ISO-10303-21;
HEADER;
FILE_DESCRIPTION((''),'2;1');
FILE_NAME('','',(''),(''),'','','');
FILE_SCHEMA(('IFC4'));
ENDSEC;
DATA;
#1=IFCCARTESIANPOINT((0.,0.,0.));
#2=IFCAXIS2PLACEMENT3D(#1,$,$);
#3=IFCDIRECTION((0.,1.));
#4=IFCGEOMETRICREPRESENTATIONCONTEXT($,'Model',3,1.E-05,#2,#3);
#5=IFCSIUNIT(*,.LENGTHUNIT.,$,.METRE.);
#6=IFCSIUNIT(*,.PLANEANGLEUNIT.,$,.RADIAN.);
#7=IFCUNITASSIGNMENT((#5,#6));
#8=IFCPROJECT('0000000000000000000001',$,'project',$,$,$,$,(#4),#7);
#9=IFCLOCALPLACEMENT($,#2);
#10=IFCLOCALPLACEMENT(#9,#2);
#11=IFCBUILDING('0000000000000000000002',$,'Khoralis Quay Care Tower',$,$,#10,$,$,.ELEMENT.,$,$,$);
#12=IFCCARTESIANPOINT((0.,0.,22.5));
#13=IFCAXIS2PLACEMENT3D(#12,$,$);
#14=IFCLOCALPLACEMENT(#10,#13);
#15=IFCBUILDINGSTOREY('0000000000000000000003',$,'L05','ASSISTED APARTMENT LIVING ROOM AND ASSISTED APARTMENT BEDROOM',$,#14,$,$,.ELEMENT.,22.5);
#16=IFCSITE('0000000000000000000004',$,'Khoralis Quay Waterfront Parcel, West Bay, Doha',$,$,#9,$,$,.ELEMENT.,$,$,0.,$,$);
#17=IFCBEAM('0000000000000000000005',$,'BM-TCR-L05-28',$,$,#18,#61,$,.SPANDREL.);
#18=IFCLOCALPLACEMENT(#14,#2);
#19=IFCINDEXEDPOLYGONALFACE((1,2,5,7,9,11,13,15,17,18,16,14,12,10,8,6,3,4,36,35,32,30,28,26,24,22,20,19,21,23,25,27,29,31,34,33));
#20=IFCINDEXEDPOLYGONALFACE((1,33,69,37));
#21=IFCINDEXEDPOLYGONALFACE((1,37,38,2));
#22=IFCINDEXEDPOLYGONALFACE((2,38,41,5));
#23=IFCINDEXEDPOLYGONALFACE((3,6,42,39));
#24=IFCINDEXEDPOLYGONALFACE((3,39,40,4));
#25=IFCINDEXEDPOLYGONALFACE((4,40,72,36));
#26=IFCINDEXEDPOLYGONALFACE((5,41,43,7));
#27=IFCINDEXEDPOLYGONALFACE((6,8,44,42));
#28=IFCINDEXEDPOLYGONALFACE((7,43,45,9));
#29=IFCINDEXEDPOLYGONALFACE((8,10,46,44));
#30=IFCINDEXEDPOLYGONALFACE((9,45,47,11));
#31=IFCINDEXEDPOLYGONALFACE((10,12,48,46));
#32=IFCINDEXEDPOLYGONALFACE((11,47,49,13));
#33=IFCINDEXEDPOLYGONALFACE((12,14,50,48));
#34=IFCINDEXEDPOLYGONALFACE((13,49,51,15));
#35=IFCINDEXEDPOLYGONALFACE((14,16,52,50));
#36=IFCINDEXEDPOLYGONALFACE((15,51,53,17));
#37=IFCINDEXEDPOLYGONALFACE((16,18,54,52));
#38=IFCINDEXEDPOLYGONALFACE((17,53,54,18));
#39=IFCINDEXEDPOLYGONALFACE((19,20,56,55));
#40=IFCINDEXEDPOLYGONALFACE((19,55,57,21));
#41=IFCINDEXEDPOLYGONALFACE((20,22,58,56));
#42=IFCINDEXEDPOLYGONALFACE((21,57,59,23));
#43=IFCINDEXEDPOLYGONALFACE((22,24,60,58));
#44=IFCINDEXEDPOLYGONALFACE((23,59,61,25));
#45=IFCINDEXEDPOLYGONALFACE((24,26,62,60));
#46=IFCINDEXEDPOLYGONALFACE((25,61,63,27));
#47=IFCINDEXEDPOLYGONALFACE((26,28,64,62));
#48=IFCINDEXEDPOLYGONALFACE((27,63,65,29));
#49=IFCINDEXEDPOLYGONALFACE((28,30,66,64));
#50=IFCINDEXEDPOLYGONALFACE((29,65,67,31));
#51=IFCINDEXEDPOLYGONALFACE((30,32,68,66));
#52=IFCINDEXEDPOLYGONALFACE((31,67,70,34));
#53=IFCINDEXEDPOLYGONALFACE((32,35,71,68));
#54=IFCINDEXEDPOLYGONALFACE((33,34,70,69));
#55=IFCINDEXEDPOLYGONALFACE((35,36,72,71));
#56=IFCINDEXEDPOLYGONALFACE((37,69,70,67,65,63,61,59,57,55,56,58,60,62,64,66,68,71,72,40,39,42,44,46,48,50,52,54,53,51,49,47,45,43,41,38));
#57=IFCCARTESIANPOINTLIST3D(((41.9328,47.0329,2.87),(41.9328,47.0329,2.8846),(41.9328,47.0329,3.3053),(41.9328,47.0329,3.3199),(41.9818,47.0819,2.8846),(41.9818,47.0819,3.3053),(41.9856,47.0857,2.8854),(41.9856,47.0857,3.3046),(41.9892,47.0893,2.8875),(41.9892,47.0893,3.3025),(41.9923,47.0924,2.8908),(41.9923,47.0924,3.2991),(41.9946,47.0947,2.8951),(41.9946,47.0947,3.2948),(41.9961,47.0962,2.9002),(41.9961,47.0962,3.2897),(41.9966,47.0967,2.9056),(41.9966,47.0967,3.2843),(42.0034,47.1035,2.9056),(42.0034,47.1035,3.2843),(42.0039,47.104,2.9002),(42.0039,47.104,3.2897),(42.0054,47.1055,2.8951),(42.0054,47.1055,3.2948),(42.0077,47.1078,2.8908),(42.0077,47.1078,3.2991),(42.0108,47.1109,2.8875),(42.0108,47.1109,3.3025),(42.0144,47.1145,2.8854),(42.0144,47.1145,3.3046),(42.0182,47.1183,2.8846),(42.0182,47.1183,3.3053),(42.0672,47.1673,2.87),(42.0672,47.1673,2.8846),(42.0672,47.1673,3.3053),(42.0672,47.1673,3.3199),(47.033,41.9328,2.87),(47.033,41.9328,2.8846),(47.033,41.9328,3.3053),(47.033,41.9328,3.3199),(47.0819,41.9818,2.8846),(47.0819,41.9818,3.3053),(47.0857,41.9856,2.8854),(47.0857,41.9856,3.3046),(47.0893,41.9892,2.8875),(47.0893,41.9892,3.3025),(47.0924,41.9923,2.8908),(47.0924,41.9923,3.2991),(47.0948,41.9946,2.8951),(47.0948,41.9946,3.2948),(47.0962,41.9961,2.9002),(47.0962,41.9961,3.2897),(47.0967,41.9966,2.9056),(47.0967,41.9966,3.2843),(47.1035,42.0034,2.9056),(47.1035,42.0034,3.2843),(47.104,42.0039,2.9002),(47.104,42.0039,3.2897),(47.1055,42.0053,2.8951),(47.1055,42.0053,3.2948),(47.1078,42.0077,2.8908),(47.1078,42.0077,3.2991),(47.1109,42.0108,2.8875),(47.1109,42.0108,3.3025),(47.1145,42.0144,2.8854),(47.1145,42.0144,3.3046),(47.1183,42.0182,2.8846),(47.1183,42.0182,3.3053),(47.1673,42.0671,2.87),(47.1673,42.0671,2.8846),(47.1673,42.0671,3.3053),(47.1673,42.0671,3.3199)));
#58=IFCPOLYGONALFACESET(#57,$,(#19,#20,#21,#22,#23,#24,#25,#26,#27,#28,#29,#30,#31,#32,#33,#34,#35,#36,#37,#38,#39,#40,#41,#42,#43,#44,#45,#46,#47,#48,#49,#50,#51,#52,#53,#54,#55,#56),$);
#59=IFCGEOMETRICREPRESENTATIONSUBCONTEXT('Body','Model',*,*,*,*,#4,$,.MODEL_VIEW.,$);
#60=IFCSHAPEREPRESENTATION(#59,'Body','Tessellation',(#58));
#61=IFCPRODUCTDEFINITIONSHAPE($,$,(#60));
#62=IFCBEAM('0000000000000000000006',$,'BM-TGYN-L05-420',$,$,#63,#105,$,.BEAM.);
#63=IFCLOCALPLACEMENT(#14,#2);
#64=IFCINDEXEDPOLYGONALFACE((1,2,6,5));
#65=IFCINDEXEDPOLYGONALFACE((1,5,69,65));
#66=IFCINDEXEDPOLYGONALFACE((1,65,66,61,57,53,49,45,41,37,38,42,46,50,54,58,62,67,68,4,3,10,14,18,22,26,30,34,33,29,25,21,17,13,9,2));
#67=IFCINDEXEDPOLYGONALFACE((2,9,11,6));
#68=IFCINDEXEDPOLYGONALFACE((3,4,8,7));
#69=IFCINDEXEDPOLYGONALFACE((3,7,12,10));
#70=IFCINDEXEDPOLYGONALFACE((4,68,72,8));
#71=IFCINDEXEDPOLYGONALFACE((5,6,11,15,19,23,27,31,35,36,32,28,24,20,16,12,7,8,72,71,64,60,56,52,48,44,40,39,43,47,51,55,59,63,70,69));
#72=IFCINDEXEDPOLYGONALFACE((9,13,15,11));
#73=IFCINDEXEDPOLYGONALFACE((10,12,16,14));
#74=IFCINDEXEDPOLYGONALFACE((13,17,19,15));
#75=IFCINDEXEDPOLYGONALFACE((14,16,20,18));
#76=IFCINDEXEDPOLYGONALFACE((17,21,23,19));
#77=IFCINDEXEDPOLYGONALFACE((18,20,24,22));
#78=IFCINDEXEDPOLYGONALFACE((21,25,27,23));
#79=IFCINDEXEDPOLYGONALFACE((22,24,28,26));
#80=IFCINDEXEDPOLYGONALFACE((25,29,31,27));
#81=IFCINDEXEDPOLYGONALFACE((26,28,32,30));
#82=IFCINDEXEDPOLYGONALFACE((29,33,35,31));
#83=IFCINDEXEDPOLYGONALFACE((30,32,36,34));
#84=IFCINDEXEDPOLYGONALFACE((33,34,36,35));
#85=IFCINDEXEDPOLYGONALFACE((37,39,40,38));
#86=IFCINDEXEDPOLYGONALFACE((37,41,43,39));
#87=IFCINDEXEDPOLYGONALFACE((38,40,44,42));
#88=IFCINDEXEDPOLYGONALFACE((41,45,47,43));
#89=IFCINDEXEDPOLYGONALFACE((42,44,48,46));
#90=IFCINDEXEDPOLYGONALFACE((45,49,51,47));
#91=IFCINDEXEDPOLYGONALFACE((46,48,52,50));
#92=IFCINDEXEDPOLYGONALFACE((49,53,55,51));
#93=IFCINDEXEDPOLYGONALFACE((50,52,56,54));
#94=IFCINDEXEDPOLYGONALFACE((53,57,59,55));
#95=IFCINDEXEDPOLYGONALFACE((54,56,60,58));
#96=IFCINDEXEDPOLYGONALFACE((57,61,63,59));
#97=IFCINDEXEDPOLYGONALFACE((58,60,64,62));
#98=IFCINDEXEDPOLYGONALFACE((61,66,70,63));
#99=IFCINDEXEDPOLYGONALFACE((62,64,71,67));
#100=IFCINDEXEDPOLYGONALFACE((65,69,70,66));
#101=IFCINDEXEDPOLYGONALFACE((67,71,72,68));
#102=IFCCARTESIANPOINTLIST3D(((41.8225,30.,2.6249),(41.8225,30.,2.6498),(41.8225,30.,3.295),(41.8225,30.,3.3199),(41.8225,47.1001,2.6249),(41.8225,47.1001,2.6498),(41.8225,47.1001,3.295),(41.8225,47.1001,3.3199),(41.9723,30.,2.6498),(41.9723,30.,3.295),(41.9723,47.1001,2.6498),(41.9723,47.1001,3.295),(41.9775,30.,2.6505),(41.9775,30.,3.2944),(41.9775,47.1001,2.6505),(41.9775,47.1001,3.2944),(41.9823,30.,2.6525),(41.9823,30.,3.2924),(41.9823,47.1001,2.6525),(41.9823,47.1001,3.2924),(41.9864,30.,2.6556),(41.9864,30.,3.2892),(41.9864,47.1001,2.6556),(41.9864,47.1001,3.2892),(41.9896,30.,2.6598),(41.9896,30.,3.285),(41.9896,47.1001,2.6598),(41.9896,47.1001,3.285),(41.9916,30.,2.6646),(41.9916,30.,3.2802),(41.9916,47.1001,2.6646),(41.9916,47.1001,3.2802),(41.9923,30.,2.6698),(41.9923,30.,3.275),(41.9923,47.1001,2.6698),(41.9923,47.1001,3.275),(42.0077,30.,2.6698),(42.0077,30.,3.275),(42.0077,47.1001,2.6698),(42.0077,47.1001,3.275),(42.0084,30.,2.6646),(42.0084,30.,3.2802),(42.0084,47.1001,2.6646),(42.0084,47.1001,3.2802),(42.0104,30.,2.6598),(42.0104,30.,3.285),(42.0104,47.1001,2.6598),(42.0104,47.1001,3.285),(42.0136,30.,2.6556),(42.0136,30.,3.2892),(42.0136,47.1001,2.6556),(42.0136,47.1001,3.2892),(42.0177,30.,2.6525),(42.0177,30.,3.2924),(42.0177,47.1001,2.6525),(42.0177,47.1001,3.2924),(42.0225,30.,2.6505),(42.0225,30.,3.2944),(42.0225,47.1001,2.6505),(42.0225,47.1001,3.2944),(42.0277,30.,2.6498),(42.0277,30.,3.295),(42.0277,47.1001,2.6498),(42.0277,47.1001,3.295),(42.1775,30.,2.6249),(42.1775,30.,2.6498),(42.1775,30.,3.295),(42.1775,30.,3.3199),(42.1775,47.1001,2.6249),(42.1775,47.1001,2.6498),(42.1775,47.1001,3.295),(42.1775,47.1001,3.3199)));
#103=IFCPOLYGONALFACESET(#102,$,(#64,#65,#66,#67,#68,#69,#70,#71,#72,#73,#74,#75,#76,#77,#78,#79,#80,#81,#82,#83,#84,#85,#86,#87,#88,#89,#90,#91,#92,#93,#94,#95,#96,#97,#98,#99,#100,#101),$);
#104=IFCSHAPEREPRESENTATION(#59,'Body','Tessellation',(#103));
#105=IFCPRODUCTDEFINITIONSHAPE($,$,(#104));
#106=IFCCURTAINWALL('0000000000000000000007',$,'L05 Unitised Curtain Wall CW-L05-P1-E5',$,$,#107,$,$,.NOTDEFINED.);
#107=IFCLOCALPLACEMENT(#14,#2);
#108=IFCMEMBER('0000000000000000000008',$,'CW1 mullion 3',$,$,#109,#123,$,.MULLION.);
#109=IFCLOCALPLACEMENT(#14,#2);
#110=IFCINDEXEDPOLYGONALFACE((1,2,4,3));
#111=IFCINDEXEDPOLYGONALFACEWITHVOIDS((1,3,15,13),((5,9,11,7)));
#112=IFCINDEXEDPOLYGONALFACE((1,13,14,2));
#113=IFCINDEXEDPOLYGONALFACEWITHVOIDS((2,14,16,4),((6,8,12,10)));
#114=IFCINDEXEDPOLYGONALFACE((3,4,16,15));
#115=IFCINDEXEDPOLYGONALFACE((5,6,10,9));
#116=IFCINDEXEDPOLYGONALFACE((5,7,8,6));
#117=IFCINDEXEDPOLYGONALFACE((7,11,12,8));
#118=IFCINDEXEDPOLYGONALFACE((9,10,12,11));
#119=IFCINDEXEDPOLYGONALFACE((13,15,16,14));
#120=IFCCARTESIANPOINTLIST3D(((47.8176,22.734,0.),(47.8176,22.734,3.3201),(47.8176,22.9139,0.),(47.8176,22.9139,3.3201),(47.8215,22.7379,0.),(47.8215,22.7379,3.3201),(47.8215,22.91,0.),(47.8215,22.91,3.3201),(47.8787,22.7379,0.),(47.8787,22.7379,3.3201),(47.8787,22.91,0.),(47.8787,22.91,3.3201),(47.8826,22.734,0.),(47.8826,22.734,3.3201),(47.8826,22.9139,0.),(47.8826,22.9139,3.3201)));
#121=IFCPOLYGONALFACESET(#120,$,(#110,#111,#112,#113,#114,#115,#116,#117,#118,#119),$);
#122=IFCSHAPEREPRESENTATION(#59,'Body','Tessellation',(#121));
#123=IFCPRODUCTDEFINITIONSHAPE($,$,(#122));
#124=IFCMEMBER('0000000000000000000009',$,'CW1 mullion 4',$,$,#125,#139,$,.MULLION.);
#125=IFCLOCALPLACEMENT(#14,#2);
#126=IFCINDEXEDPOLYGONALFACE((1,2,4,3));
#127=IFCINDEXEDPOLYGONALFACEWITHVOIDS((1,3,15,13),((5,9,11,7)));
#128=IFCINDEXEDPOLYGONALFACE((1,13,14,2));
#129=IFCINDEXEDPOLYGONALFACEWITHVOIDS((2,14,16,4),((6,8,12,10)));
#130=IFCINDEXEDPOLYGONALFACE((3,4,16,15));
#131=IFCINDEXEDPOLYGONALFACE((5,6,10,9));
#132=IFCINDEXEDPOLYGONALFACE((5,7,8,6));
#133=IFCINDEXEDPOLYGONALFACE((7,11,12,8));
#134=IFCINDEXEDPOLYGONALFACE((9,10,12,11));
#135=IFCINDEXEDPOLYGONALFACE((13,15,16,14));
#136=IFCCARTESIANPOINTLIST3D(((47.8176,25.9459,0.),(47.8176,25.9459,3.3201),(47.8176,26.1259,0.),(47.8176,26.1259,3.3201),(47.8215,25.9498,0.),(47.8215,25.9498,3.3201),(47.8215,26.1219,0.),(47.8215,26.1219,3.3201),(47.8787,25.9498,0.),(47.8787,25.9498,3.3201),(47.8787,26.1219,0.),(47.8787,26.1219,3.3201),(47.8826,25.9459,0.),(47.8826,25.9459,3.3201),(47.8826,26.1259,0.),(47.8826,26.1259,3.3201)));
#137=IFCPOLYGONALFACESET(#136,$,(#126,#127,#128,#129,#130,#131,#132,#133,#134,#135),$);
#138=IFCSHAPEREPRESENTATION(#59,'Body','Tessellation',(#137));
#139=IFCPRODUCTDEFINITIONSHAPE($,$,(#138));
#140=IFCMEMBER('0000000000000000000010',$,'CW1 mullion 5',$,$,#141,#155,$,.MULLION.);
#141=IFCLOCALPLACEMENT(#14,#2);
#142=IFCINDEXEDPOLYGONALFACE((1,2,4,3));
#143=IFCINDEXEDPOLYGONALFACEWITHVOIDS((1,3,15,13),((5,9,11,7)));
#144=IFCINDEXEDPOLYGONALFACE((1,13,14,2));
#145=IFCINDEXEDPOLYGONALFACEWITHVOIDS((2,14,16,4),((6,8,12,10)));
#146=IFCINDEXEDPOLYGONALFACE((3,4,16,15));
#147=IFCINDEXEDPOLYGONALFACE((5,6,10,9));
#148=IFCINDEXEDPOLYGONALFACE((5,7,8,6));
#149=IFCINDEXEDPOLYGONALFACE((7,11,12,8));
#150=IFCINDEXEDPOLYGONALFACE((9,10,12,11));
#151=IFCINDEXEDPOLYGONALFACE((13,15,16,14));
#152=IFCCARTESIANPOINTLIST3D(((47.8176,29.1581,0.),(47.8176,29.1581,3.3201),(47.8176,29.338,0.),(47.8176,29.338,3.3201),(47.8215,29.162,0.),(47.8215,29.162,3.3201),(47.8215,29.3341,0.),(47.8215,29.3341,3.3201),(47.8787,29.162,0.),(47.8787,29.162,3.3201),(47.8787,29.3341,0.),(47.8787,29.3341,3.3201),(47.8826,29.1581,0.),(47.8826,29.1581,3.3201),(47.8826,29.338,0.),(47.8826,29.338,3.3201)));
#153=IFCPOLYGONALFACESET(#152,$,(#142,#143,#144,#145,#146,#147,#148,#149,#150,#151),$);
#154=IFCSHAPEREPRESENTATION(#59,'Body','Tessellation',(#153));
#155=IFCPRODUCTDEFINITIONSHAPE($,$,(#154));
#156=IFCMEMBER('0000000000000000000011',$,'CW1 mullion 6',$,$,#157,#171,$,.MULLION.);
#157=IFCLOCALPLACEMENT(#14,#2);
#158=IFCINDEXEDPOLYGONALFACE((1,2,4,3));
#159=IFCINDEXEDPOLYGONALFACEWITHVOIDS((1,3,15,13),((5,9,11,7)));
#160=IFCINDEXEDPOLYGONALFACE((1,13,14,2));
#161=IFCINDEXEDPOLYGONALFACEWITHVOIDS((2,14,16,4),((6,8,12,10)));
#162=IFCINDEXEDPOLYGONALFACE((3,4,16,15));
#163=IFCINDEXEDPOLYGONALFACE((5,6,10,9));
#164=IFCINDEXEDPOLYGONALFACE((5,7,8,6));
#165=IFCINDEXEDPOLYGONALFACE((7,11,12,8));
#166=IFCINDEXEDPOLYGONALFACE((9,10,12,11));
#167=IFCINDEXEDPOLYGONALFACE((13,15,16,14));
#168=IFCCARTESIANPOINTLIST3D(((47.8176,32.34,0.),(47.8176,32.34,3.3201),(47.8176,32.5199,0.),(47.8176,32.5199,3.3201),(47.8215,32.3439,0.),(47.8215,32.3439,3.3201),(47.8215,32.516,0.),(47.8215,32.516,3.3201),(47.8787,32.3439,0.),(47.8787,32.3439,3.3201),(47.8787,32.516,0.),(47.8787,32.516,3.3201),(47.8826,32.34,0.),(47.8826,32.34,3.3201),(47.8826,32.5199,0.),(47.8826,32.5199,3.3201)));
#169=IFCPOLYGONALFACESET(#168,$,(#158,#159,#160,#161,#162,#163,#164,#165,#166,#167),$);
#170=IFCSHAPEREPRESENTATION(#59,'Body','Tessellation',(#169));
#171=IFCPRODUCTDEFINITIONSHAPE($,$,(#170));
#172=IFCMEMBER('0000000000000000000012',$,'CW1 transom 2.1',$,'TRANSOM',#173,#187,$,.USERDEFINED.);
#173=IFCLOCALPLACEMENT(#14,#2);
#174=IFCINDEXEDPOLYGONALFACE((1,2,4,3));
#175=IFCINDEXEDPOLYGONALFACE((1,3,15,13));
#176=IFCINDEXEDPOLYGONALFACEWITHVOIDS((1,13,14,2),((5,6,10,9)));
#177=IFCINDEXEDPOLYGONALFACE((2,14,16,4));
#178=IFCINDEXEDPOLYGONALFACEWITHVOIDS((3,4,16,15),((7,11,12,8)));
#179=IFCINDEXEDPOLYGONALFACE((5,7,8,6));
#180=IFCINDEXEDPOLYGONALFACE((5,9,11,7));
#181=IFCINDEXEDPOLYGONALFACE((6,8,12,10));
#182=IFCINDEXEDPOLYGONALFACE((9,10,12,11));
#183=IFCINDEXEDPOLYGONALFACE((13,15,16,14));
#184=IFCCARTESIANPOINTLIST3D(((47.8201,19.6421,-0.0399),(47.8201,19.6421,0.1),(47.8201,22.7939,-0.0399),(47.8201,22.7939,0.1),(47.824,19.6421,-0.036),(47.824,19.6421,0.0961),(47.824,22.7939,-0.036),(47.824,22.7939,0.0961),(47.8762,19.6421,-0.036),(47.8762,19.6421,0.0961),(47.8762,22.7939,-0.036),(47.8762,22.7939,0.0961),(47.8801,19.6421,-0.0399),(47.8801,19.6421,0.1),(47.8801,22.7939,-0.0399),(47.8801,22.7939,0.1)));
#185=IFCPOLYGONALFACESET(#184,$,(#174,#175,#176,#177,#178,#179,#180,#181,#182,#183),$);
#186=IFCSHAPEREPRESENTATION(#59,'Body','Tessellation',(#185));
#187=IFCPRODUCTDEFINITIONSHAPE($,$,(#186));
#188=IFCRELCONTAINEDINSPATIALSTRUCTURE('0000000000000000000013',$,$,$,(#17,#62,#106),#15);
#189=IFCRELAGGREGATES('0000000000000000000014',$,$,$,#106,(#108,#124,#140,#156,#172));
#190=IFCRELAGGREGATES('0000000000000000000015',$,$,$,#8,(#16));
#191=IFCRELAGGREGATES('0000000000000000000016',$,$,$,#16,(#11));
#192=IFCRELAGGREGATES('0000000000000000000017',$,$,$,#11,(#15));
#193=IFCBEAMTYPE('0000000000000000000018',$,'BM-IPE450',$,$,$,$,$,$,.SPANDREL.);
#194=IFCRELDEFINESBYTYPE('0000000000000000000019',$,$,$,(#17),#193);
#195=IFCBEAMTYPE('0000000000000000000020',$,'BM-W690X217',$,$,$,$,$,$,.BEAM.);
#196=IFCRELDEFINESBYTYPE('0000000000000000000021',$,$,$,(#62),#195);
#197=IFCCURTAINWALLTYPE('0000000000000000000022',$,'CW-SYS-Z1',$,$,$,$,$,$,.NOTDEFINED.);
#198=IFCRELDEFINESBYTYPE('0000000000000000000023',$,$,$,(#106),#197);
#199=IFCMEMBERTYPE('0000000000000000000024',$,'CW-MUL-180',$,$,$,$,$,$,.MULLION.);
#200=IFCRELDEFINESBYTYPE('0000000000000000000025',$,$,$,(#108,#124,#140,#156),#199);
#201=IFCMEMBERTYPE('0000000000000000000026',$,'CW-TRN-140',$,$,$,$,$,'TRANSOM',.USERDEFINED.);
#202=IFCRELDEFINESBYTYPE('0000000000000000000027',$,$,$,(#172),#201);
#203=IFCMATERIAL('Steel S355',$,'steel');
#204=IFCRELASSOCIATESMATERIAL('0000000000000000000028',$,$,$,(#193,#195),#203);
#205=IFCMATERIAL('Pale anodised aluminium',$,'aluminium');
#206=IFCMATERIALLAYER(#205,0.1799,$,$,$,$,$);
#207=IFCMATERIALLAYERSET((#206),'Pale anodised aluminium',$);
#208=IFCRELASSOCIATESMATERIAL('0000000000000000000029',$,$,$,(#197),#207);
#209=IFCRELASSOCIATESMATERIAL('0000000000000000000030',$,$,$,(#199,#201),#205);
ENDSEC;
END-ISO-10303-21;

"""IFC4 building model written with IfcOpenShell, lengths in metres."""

from ifc_helpers import new_model, si_unit, direction, frame, origin, origin_2d, place, context, subcontext, project, spatial, hollow_rectangle, i_section, extrude, source, transform, mapped, material, layer, layer_set, material_profile, profile_set, type_object, element, aggregate, save


model = new_model("IFC4")

# Units and contexts
model_context = context("Model", 3, precision=1e-05, world=origin(), true_north=direction((0.0, 1.0)))
body_context = subcontext(model_context, "Body", "Model", "MODEL_VIEW")
ifc_project = project(units=[si_unit("LENGTHUNIT", "METRE"), si_unit("PLANEANGLEUNIT", "RADIAN")], contexts=[model_context])

# Site, building, storey
site_placement = place(None, origin())
site = spatial("IfcSite", under=ifc_project, at=site_placement, Name="Khoralis Quay Waterfront Parcel, West Bay, Doha", CompositionType="ELEMENT", RefElevation=0.0)
building_placement = place(site_placement, origin())
building = spatial("IfcBuilding", under=site, at=building_placement, Name="Khoralis Quay Care Tower", CompositionType="ELEMENT")
storey_placement = place(building_placement, frame((0.0, 0.0, 22.5)))
storey = spatial("IfcBuildingStorey", under=building, at=storey_placement, Name="L05", Description="ASSISTED APARTMENT LIVING ROOM AND ASSISTED APARTMENT BEDROOM", CompositionType="ELEMENT", Elevation=22.5)

# Beams
ifc_material_1 = material(Name="Steel S355", Category="steel")
ifc_material_profile_1 = material_profile(ifc_material_1, i_section(OverallWidth=0.1899, OverallDepth=0.45, WebThickness=0.0095, FlangeThickness=0.0146, FilletRadius=0.021, at=origin_2d()), Name="Steel S355")
ifc_profile_set_1 = profile_set([ifc_material_profile_1], Name="Steel S355")
beam_type_1 = type_object("IfcBeamType", Name="BM-IPE450", PredefinedType="SPANDREL", material=ifc_profile_set_1)
shared_shape_1 = source(origin(), body_context, "Body", "SweptSolid", [
    extrude(i_section(OverallWidth=0.1899, OverallDepth=0.45, WebThickness=0.0095, FlangeThickness=0.0146, FilletRadius=0.021, at=origin_2d()), origin(), (0.0, 0.0, 1.0), 7.2126),
])
beam_1_placement = place(storey_placement, frame((42.0, 47.1001, 3.095), z_axis=(0.707107, -0.707107, 0.0), x_axis=(0.707107, 0.707107, 0.0)))
element("IfcBeam", 1, at=beam_1_placement, inside=storey, type_object=beam_type_1, Name="BM-TCR-L05-28", PredefinedType="SPANDREL", context=body_context, shape_type="MappedRepresentation", body=[
    mapped(shared_shape_1, transform((0.0, 0.0, 0.0), scale=1.0)),
])
ifc_material_profile_2 = material_profile(ifc_material_1, i_section(OverallWidth=0.355, OverallDepth=0.6951, WebThickness=0.0154, FlangeThickness=0.0249, FilletRadius=0.02, at=origin_2d()), Name="Steel S355")
ifc_profile_set_2 = profile_set([ifc_material_profile_2], Name="Steel S355")
beam_type_2 = type_object("IfcBeamType", Name="BM-W690X217", PredefinedType="BEAM", material=ifc_profile_set_2)
shared_shape_2 = source(origin(), body_context, "Body", "SweptSolid", [
    extrude(i_section(OverallWidth=0.355, OverallDepth=0.6951, WebThickness=0.0154, FlangeThickness=0.0249, FilletRadius=0.02, at=origin_2d()), origin(), (0.0, 0.0, 1.0), 17.1001),
])
beam_2_placement = place(storey_placement, frame((42.0, 30.0, 2.9724), z_axis=(0.0, 1.0, 0.0), x_axis=(-1.0, 0.0, 0.0)))
element("IfcBeam", 2, at=beam_2_placement, inside=storey, type_object=beam_type_2, Name="BM-TGYN-L05-420", PredefinedType="BEAM", context=body_context, shape_type="MappedRepresentation", body=[
    mapped(shared_shape_2, transform((0.0, 0.0, 0.0), scale=1.0)),
])

# Curtain wall, members
ifc_material_2 = material(Name="Pale anodised aluminium", Category="aluminium")
ifc_layer_1 = layer(ifc_material_2, 0.1799)
ifc_layer_set_1 = layer_set([ifc_layer_1], Name="Pale anodised aluminium")
curtain_wall_type = type_object("IfcCurtainWallType", Name="CW-SYS-Z1", PredefinedType="NOTDEFINED", material=ifc_layer_set_1)
curtain_wall_placement = place(storey_placement, origin())
curtain_wall = element("IfcCurtainWall", 3, at=curtain_wall_placement, inside=storey, type_object=curtain_wall_type, Name="L05 Unitised Curtain Wall CW-L05-P1-E5", PredefinedType="NOTDEFINED")
ifc_material_profile_3 = material_profile(ifc_material_2, hollow_rectangle(XDim=0.0649, YDim=0.1799, WallThickness=0.0039, at=origin_2d()), Name="Pale anodised aluminium")
ifc_profile_set_3 = profile_set([ifc_material_profile_3], Name="Pale anodised aluminium")
member_type_1 = type_object("IfcMemberType", Name="CW-MUL-180", PredefinedType="MULLION", material=ifc_profile_set_3)
shared_shape_3 = source(origin(), body_context, "Body", "SweptSolid", [
    extrude(hollow_rectangle(XDim=0.0649, YDim=0.1799, WallThickness=0.0039, at=origin_2d()), origin(), (0.0, 0.0, 1.0), 3.3201),
])
member_1_placement = place(storey_placement, frame((47.8501, 22.824, 0.0), z_axis=(0.0, 0.0, 1.0), x_axis=(-1.0, 0.0, 0.0)))
member_1 = element("IfcMember", 4, at=member_1_placement, type_object=member_type_1, Name="CW1 mullion 3", PredefinedType="MULLION", context=body_context, shape_type="MappedRepresentation", body=[
    mapped(shared_shape_3, transform((0.0, 0.0, 0.0), scale=1.0)),
])
member_2_placement = place(storey_placement, frame((47.8501, 26.0359, 0.0), z_axis=(0.0, 0.0, 1.0), x_axis=(-1.0, 0.0, 0.0)))
member_2 = element("IfcMember", 5, at=member_2_placement, type_object=member_type_1, Name="CW1 mullion 4", PredefinedType="MULLION", context=body_context, shape_type="MappedRepresentation", body=[
    mapped(shared_shape_3, transform((0.0, 0.0, 0.0), scale=1.0)),
])
member_3_placement = place(storey_placement, frame((47.8501, 29.248, 0.0), z_axis=(0.0, 0.0, 1.0), x_axis=(-1.0, 0.0, 0.0)))
member_3 = element("IfcMember", 6, at=member_3_placement, type_object=member_type_1, Name="CW1 mullion 5", PredefinedType="MULLION", context=body_context, shape_type="MappedRepresentation", body=[
    mapped(shared_shape_3, transform((0.0, 0.0, 0.0), scale=1.0)),
])
member_4_placement = place(storey_placement, frame((47.8501, 32.4299, 0.0), z_axis=(0.0, 0.0, 1.0), x_axis=(-1.0, 0.0, 0.0)))
member_4 = element("IfcMember", 7, at=member_4_placement, type_object=member_type_1, Name="CW1 mullion 6", PredefinedType="MULLION", context=body_context, shape_type="MappedRepresentation", body=[
    mapped(shared_shape_3, transform((0.0, 0.0, 0.0), scale=1.0)),
])
ifc_material_profile_4 = material_profile(ifc_material_2, hollow_rectangle(XDim=0.0601, YDim=0.1399, WallThickness=0.0039, at=origin_2d()), Name="Pale anodised aluminium")
ifc_profile_set_4 = profile_set([ifc_material_profile_4], Name="Pale anodised aluminium")
member_type_2 = type_object("IfcMemberType", Name="CW-TRN-140", ElementType="TRANSOM", PredefinedType="USERDEFINED", material=ifc_profile_set_4)
shared_shape_4 = source(origin(), body_context, "Body", "SweptSolid", [
    extrude(hollow_rectangle(XDim=0.0601, YDim=0.1399, WallThickness=0.0039, at=origin_2d()), origin(), (0.0, 0.0, 1.0), 3.1519),
])
member_5_placement = place(storey_placement, frame((47.8501, 19.6421, 0.03), z_axis=(0.0, 1.0, 0.0), x_axis=(-1.0, 0.0, 0.0)))
member_5 = element("IfcMember", 8, at=member_5_placement, type_object=member_type_2, Name="CW1 transom 2.1", ObjectType="TRANSOM", PredefinedType="USERDEFINED", context=body_context, shape_type="MappedRepresentation", body=[
    mapped(shared_shape_4, transform((0.0, 0.0, 0.0), scale=1.0)),
])
aggregate(curtain_wall, [member_1, member_2, member_3, member_4, member_5])

save(model, "model.ifc")
